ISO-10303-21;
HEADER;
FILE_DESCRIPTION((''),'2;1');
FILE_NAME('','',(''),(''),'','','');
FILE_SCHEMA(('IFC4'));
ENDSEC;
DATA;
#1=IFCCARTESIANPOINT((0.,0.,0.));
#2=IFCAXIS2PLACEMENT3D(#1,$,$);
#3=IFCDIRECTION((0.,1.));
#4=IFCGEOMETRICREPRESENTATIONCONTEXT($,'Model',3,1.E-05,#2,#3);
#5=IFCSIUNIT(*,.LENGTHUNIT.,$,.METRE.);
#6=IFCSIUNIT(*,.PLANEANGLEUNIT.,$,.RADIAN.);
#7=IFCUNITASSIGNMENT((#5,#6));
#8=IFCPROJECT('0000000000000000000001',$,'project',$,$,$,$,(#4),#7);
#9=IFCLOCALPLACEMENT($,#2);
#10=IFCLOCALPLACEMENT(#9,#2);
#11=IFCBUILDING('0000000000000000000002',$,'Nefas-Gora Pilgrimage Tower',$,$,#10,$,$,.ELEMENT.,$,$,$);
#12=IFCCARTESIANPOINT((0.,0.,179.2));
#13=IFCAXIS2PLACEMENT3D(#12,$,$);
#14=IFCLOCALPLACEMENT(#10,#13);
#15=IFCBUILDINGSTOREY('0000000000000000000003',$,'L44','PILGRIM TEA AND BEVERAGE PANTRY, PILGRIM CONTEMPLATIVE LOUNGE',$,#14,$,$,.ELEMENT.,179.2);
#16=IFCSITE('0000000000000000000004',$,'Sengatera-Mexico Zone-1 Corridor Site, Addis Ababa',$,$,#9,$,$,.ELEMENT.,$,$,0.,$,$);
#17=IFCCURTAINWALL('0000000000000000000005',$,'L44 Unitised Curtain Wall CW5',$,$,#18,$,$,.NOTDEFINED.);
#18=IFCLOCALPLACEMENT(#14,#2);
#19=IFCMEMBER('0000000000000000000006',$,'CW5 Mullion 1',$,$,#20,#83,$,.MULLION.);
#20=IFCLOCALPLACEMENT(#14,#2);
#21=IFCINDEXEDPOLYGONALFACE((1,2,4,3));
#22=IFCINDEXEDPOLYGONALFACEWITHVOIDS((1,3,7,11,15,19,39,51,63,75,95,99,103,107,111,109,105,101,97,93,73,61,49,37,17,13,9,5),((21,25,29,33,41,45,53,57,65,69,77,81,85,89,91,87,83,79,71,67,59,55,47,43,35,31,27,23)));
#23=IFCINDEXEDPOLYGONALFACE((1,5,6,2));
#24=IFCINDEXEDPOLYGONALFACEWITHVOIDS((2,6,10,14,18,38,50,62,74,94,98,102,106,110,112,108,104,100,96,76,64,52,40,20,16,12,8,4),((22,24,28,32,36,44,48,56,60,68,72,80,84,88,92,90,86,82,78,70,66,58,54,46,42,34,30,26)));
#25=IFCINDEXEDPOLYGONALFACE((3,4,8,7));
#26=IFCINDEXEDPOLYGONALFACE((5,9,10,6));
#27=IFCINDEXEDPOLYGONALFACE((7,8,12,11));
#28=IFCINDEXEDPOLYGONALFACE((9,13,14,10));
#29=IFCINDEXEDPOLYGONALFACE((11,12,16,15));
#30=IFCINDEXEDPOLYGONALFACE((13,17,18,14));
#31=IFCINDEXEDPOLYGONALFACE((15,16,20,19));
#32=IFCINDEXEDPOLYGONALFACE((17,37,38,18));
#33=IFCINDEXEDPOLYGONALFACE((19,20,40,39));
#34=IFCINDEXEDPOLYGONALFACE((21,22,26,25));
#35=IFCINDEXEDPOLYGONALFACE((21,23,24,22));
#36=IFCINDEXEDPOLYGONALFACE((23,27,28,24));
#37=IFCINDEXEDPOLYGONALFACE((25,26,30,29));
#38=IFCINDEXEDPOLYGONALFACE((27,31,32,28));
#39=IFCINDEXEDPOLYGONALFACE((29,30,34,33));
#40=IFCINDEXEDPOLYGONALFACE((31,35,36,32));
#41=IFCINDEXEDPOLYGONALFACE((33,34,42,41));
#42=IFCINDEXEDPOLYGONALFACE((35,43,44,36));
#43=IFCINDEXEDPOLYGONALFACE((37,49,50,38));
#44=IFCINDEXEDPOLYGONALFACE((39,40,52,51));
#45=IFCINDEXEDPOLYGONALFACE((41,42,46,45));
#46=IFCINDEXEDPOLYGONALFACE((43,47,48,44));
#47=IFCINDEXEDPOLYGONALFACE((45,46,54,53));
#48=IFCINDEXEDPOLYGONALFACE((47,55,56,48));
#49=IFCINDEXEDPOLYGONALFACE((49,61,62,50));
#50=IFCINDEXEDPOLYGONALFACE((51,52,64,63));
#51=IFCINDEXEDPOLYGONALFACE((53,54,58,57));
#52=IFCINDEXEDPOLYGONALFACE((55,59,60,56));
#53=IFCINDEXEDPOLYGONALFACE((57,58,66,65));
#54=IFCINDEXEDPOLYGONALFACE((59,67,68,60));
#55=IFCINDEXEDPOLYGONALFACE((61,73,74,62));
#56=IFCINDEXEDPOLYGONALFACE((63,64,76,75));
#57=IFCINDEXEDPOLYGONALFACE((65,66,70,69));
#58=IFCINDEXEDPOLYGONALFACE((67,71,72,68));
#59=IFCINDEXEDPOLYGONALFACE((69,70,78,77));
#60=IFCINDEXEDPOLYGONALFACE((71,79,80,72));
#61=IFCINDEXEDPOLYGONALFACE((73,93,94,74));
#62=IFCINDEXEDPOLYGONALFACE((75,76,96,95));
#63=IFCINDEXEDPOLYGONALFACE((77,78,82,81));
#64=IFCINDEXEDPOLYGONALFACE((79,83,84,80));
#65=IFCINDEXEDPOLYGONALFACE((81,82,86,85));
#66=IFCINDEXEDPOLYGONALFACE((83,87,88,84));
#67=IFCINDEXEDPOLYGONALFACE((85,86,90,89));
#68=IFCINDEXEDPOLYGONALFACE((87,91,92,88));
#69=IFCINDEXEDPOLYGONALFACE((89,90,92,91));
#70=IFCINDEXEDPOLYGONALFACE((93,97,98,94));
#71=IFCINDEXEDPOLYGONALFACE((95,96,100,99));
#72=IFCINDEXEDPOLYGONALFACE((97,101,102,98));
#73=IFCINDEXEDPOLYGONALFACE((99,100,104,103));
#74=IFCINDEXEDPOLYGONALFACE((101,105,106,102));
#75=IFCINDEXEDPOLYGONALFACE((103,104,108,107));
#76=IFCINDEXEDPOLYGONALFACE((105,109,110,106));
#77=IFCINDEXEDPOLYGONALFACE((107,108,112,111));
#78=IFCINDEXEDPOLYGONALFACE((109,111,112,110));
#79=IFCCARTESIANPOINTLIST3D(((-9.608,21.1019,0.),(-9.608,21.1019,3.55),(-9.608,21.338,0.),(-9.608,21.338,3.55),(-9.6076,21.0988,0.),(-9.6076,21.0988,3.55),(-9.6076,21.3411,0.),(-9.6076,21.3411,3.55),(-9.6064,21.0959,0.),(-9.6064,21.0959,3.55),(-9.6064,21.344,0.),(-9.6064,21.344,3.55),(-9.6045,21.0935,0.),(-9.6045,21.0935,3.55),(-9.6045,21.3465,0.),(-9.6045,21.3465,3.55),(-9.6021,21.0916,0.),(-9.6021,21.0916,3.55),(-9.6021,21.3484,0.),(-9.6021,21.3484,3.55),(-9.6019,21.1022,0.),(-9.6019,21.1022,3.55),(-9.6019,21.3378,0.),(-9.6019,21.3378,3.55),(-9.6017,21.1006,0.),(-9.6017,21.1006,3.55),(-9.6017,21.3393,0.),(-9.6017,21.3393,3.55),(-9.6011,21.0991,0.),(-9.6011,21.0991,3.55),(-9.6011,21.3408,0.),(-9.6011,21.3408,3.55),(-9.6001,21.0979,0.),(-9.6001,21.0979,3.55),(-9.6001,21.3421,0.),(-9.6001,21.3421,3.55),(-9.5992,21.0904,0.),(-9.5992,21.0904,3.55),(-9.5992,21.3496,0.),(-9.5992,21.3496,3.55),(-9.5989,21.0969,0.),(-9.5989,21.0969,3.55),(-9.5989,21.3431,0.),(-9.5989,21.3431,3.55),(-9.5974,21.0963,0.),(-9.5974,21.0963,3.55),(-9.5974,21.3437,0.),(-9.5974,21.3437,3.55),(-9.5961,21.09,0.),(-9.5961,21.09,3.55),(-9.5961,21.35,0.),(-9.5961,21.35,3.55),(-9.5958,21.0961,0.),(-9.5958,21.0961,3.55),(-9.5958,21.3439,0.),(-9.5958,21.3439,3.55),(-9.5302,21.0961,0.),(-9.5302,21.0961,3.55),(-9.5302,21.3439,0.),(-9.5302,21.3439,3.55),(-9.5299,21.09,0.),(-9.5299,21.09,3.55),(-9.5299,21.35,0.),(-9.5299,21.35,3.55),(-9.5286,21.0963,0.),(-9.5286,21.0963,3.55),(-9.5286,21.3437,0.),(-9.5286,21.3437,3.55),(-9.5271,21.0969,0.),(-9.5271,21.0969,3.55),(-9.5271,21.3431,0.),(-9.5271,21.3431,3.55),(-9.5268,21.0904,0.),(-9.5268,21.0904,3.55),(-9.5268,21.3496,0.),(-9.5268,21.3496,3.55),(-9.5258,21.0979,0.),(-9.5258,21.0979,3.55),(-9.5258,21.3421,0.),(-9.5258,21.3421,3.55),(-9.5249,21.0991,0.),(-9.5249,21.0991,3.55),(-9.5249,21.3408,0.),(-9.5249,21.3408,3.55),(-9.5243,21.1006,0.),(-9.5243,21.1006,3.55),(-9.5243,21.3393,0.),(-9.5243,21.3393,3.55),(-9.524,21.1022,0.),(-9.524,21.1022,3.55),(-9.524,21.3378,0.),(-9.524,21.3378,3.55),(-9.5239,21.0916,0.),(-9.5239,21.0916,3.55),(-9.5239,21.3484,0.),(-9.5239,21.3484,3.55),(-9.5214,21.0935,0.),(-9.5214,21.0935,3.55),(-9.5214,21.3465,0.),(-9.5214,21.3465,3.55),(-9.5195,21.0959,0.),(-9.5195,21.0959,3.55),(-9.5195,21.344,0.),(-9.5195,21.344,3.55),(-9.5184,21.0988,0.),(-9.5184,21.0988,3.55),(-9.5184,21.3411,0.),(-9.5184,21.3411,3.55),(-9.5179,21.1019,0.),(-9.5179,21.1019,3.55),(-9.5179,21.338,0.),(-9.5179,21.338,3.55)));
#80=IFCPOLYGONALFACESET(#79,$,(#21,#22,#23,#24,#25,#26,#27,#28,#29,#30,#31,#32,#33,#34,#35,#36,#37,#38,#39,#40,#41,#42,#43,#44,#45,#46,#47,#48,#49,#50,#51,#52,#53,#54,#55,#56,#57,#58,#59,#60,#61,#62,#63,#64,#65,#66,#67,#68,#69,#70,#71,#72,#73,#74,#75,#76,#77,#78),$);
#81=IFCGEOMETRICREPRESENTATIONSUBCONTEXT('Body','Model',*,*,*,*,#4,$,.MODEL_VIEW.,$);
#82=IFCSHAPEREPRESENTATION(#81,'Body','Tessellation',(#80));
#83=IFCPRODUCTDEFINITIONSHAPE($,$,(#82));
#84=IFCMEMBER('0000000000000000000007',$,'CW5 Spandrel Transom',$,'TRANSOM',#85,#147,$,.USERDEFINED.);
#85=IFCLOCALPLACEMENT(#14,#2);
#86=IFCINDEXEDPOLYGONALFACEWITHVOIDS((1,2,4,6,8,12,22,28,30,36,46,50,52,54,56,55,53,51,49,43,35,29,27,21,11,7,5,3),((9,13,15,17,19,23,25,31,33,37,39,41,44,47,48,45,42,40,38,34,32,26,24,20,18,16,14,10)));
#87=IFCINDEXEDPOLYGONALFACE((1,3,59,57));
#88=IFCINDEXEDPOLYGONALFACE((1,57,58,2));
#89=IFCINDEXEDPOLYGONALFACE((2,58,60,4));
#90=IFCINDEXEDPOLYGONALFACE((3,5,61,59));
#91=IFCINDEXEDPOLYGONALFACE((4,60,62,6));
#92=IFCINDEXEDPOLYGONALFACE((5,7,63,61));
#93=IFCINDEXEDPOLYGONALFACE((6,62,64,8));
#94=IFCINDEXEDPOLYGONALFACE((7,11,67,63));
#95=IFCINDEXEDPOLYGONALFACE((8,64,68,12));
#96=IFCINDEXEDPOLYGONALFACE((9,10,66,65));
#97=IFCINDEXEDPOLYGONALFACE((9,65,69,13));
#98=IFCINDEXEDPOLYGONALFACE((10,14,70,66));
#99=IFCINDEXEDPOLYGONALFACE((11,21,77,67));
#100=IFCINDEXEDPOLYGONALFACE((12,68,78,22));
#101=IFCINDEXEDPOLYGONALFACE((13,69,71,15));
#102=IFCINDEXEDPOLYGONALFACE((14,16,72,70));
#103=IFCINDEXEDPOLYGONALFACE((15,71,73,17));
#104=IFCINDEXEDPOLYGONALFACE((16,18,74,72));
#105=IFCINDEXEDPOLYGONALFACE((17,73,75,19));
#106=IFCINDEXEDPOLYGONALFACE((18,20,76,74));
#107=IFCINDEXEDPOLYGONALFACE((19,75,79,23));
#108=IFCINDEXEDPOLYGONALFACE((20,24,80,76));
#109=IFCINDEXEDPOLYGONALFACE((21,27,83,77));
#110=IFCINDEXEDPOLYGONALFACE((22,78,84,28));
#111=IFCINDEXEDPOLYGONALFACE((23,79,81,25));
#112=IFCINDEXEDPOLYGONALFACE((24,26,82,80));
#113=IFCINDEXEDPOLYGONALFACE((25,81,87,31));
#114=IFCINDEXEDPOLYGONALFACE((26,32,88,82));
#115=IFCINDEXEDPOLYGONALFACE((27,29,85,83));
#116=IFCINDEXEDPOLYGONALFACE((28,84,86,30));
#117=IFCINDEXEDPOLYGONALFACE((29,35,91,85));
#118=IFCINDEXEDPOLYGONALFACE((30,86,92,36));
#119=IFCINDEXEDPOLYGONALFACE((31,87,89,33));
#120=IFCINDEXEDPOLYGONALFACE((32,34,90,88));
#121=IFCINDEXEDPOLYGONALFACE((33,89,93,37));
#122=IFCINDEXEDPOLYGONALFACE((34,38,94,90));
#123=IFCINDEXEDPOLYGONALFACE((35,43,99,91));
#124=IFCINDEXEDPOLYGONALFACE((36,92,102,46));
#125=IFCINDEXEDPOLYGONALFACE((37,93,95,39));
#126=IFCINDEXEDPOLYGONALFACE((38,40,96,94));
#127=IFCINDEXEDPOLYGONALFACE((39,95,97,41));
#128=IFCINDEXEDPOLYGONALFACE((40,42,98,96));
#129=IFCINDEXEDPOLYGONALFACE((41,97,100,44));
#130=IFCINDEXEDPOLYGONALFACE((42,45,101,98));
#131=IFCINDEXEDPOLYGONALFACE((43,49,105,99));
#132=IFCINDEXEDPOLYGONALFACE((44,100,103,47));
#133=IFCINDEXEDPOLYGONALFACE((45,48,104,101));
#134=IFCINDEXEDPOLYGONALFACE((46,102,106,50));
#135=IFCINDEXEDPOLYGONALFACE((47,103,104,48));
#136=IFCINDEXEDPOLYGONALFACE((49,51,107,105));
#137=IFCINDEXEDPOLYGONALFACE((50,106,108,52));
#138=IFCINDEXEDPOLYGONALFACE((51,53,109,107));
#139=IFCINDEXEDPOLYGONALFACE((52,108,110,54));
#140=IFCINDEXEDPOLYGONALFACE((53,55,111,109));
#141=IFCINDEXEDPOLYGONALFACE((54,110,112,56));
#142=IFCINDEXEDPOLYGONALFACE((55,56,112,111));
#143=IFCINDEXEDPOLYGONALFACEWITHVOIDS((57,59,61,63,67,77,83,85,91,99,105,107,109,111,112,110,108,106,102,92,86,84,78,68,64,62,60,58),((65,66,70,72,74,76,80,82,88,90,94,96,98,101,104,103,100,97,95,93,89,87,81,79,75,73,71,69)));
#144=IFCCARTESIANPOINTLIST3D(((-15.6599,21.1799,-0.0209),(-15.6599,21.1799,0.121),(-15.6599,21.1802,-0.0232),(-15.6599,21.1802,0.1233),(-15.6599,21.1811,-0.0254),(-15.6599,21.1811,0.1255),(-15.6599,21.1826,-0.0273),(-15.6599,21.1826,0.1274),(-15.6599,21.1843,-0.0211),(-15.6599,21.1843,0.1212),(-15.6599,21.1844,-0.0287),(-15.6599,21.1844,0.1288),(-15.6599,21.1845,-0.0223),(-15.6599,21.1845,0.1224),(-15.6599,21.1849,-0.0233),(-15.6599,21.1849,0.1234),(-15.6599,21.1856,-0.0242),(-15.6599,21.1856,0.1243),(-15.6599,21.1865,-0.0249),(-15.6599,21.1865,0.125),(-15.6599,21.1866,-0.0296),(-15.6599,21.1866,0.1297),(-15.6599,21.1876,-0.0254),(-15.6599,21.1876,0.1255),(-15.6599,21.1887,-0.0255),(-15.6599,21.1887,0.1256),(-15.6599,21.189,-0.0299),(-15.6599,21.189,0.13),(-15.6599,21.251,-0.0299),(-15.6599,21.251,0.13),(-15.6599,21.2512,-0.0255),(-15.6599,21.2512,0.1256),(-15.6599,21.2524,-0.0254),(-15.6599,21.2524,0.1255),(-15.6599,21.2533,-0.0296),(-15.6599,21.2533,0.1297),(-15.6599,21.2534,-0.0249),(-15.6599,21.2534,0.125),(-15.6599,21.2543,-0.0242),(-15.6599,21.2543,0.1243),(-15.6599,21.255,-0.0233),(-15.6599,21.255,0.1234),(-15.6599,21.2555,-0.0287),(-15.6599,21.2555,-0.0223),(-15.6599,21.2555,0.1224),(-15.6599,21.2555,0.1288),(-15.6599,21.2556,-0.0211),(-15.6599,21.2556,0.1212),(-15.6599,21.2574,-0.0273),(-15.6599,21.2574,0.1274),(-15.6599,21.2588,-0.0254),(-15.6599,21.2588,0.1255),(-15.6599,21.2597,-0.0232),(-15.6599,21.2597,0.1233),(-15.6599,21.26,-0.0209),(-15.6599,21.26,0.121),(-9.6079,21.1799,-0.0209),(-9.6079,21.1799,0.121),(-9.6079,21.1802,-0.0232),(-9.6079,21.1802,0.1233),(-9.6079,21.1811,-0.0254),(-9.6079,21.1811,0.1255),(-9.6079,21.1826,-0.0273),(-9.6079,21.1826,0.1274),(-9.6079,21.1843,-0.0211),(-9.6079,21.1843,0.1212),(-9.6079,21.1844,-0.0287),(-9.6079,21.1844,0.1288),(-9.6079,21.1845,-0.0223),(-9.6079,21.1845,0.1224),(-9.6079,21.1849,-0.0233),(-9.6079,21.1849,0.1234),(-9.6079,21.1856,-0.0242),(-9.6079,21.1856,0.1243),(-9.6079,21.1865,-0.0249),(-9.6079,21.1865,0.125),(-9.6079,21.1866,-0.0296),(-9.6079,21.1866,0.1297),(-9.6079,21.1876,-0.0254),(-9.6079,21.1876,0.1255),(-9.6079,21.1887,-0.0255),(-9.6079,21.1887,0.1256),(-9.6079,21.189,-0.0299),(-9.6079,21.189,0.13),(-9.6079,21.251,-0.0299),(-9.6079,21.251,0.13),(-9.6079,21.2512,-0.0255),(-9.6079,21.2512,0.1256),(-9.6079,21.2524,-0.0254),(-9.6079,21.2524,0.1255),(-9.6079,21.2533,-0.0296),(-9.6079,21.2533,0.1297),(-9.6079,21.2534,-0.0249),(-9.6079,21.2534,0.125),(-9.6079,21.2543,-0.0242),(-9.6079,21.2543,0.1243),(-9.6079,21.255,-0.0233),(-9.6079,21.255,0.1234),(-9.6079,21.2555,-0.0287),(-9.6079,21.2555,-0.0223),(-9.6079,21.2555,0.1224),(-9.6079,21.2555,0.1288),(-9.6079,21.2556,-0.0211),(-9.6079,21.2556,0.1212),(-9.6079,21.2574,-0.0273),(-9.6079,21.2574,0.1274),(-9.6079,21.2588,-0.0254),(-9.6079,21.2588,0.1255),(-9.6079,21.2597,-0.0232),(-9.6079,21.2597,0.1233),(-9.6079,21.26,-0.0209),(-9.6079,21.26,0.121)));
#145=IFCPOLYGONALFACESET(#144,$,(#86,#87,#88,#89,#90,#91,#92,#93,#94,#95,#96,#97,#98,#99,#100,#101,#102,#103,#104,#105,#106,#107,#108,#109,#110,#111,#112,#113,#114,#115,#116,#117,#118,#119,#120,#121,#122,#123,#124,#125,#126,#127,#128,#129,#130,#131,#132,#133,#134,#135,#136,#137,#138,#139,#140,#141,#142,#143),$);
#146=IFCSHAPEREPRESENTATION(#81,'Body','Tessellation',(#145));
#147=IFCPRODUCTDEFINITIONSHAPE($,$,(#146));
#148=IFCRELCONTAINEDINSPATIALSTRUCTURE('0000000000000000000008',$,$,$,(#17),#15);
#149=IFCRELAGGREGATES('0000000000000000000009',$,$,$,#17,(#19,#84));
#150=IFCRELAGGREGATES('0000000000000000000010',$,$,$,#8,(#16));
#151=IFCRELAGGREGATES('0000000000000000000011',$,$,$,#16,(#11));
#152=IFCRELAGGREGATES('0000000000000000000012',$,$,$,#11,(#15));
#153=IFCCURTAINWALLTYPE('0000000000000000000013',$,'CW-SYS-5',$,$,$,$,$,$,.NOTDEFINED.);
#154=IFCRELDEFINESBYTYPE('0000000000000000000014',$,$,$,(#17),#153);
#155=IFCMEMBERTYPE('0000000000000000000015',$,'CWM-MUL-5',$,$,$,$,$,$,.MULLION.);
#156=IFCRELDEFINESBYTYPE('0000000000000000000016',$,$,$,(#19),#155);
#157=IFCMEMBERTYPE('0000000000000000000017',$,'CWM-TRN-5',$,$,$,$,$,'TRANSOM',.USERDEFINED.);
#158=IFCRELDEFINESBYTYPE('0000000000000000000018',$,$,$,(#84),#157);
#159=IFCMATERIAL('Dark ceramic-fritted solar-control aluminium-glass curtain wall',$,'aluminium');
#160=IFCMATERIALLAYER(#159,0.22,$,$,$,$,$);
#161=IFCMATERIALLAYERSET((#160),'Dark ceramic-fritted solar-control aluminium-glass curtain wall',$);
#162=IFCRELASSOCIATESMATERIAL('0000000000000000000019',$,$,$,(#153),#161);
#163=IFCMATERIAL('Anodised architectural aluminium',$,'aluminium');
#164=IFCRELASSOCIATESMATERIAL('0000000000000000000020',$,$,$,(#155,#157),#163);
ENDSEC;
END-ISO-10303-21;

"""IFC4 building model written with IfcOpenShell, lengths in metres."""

from ifc_helpers import new_model, si_unit, direction, frame, origin, origin_2d, place, context, subcontext, project, spatial, hollow_rectangle, extrude, source, transform, mapped, material, layer, layer_set, material_profile, profile_set, type_object, element, aggregate, save


model = new_model("IFC4")

# Units and contexts
model_context = context("Model", 3, precision=1e-05, world=origin(), true_north=direction((0.0, 1.0)))
body_context = subcontext(model_context, "Body", "Model", "MODEL_VIEW")
ifc_project = project(units=[si_unit("LENGTHUNIT", "METRE"), si_unit("PLANEANGLEUNIT", "RADIAN")], contexts=[model_context])

# Site, building, storey
site_placement = place(None, origin())
site = spatial("IfcSite", under=ifc_project, at=site_placement, Name="Sengatera-Mexico Zone-1 Corridor Site, Addis Ababa", CompositionType="ELEMENT", RefElevation=0.0)
building_placement = place(site_placement, origin())
building = spatial("IfcBuilding", under=site, at=building_placement, Name="Nefas-Gora Pilgrimage Tower", CompositionType="ELEMENT")
storey_placement = place(building_placement, frame((0.0, 0.0, 179.2)))
storey = spatial("IfcBuildingStorey", under=building, at=storey_placement, Name="L44", Description="PILGRIM TEA AND BEVERAGE PANTRY, PILGRIM CONTEMPLATIVE LOUNGE", CompositionType="ELEMENT", Elevation=179.2)

# Curtain wall, members
ifc_material_1 = material(Name="Dark ceramic-fritted solar-control aluminium-glass curtain wall", Category="aluminium")
ifc_layer_1 = layer(ifc_material_1, 0.22)
ifc_layer_set_1 = layer_set([ifc_layer_1], Name="Dark ceramic-fritted solar-control aluminium-glass curtain wall")
curtain_wall_type = type_object("IfcCurtainWallType", Name="CW-SYS-5", PredefinedType="NOTDEFINED", material=ifc_layer_set_1)
ifc_material_2 = material(Name="Anodised architectural aluminium", Category="aluminium")
ifc_material_profile_1 = material_profile(ifc_material_2, hollow_rectangle(XDim=0.0901, YDim=0.26, WallThickness=0.0061, InnerFilletRadius=0.0061, OuterFilletRadius=0.012, at=origin_2d()), Name="ALU MULLION 90x260")
ifc_profile_set_1 = profile_set([ifc_material_profile_1], Name="Anodised architectural aluminium")
member_type_1 = type_object("IfcMemberType", Name="CWM-MUL-5", PredefinedType="MULLION", material=ifc_profile_set_1)
shared_shape_1 = source(origin(), body_context, "Body", "SweptSolid", [
    extrude(hollow_rectangle(XDim=0.0901, YDim=0.26, WallThickness=0.0061, InnerFilletRadius=0.0061, OuterFilletRadius=0.012, at=origin_2d()), origin(), (0.0, 0.0, 1.0), 3.55),
])
curtain_wall_1_placement = place(storey_placement, origin())
curtain_wall_1 = element("IfcCurtainWall", 1, at=curtain_wall_1_placement, inside=storey, type_object=curtain_wall_type, Name="L44 Unitised Curtain Wall CW5", PredefinedType="NOTDEFINED")
member_1_placement = place(storey_placement, frame((-9.563, 21.22, 0.0), z_axis=(0.0, 0.0, 1.0), x_axis=(-1.0, 0.0, 0.0)))
member_1 = element("IfcMember", 2, at=member_1_placement, type_object=member_type_1, Name="CW5 Mullion 1", PredefinedType="MULLION", context=body_context, shape_type="MappedRepresentation", body=[
    mapped(shared_shape_1, transform((0.0, 0.0, 0.0), x_axis=(1.0, 0.0, 0.0), y_axis=(0.0, 1.0, 0.0), z_axis=(0.0, 0.0, 1.0), scale=1.0)),
])
ifc_material_profile_2 = material_profile(ifc_material_2, hollow_rectangle(XDim=0.0801, YDim=0.1599, WallThickness=0.0044, InnerFilletRadius=0.0044, OuterFilletRadius=0.009, at=origin_2d()), Name="ALU TRANSOM 80x160")
ifc_profile_set_2 = profile_set([ifc_material_profile_2], Name="Anodised architectural aluminium")
member_type_2 = type_object("IfcMemberType", Name="CWM-TRN-5", ElementType="TRANSOM", PredefinedType="USERDEFINED", material=ifc_profile_set_2)
shared_shape_2 = source(origin(), body_context, "Body", "SweptSolid", [
    extrude(hollow_rectangle(XDim=0.0801, YDim=0.1599, WallThickness=0.0044, InnerFilletRadius=0.0044, OuterFilletRadius=0.009, at=origin_2d()), origin(), (0.0, 0.0, 1.0), 6.052),
])
member_2_placement = place(storey_placement, frame((-9.6079, 21.22, 0.05), z_axis=(-1.0, 0.0, 0.0), x_axis=(0.0, -1.0, 0.0)))
member_2 = element("IfcMember", 3, at=member_2_placement, type_object=member_type_2, Name="CW5 Spandrel Transom", ObjectType="TRANSOM", PredefinedType="USERDEFINED", context=body_context, shape_type="MappedRepresentation", body=[
    mapped(shared_shape_2, transform((0.0, 0.0, 0.0), x_axis=(1.0, 0.0, 0.0), y_axis=(0.0, 1.0, 0.0), z_axis=(0.0, 0.0, 1.0), scale=1.0)),
])
aggregate(curtain_wall_1, [member_1, member_2])

save(model, "model.ifc")
